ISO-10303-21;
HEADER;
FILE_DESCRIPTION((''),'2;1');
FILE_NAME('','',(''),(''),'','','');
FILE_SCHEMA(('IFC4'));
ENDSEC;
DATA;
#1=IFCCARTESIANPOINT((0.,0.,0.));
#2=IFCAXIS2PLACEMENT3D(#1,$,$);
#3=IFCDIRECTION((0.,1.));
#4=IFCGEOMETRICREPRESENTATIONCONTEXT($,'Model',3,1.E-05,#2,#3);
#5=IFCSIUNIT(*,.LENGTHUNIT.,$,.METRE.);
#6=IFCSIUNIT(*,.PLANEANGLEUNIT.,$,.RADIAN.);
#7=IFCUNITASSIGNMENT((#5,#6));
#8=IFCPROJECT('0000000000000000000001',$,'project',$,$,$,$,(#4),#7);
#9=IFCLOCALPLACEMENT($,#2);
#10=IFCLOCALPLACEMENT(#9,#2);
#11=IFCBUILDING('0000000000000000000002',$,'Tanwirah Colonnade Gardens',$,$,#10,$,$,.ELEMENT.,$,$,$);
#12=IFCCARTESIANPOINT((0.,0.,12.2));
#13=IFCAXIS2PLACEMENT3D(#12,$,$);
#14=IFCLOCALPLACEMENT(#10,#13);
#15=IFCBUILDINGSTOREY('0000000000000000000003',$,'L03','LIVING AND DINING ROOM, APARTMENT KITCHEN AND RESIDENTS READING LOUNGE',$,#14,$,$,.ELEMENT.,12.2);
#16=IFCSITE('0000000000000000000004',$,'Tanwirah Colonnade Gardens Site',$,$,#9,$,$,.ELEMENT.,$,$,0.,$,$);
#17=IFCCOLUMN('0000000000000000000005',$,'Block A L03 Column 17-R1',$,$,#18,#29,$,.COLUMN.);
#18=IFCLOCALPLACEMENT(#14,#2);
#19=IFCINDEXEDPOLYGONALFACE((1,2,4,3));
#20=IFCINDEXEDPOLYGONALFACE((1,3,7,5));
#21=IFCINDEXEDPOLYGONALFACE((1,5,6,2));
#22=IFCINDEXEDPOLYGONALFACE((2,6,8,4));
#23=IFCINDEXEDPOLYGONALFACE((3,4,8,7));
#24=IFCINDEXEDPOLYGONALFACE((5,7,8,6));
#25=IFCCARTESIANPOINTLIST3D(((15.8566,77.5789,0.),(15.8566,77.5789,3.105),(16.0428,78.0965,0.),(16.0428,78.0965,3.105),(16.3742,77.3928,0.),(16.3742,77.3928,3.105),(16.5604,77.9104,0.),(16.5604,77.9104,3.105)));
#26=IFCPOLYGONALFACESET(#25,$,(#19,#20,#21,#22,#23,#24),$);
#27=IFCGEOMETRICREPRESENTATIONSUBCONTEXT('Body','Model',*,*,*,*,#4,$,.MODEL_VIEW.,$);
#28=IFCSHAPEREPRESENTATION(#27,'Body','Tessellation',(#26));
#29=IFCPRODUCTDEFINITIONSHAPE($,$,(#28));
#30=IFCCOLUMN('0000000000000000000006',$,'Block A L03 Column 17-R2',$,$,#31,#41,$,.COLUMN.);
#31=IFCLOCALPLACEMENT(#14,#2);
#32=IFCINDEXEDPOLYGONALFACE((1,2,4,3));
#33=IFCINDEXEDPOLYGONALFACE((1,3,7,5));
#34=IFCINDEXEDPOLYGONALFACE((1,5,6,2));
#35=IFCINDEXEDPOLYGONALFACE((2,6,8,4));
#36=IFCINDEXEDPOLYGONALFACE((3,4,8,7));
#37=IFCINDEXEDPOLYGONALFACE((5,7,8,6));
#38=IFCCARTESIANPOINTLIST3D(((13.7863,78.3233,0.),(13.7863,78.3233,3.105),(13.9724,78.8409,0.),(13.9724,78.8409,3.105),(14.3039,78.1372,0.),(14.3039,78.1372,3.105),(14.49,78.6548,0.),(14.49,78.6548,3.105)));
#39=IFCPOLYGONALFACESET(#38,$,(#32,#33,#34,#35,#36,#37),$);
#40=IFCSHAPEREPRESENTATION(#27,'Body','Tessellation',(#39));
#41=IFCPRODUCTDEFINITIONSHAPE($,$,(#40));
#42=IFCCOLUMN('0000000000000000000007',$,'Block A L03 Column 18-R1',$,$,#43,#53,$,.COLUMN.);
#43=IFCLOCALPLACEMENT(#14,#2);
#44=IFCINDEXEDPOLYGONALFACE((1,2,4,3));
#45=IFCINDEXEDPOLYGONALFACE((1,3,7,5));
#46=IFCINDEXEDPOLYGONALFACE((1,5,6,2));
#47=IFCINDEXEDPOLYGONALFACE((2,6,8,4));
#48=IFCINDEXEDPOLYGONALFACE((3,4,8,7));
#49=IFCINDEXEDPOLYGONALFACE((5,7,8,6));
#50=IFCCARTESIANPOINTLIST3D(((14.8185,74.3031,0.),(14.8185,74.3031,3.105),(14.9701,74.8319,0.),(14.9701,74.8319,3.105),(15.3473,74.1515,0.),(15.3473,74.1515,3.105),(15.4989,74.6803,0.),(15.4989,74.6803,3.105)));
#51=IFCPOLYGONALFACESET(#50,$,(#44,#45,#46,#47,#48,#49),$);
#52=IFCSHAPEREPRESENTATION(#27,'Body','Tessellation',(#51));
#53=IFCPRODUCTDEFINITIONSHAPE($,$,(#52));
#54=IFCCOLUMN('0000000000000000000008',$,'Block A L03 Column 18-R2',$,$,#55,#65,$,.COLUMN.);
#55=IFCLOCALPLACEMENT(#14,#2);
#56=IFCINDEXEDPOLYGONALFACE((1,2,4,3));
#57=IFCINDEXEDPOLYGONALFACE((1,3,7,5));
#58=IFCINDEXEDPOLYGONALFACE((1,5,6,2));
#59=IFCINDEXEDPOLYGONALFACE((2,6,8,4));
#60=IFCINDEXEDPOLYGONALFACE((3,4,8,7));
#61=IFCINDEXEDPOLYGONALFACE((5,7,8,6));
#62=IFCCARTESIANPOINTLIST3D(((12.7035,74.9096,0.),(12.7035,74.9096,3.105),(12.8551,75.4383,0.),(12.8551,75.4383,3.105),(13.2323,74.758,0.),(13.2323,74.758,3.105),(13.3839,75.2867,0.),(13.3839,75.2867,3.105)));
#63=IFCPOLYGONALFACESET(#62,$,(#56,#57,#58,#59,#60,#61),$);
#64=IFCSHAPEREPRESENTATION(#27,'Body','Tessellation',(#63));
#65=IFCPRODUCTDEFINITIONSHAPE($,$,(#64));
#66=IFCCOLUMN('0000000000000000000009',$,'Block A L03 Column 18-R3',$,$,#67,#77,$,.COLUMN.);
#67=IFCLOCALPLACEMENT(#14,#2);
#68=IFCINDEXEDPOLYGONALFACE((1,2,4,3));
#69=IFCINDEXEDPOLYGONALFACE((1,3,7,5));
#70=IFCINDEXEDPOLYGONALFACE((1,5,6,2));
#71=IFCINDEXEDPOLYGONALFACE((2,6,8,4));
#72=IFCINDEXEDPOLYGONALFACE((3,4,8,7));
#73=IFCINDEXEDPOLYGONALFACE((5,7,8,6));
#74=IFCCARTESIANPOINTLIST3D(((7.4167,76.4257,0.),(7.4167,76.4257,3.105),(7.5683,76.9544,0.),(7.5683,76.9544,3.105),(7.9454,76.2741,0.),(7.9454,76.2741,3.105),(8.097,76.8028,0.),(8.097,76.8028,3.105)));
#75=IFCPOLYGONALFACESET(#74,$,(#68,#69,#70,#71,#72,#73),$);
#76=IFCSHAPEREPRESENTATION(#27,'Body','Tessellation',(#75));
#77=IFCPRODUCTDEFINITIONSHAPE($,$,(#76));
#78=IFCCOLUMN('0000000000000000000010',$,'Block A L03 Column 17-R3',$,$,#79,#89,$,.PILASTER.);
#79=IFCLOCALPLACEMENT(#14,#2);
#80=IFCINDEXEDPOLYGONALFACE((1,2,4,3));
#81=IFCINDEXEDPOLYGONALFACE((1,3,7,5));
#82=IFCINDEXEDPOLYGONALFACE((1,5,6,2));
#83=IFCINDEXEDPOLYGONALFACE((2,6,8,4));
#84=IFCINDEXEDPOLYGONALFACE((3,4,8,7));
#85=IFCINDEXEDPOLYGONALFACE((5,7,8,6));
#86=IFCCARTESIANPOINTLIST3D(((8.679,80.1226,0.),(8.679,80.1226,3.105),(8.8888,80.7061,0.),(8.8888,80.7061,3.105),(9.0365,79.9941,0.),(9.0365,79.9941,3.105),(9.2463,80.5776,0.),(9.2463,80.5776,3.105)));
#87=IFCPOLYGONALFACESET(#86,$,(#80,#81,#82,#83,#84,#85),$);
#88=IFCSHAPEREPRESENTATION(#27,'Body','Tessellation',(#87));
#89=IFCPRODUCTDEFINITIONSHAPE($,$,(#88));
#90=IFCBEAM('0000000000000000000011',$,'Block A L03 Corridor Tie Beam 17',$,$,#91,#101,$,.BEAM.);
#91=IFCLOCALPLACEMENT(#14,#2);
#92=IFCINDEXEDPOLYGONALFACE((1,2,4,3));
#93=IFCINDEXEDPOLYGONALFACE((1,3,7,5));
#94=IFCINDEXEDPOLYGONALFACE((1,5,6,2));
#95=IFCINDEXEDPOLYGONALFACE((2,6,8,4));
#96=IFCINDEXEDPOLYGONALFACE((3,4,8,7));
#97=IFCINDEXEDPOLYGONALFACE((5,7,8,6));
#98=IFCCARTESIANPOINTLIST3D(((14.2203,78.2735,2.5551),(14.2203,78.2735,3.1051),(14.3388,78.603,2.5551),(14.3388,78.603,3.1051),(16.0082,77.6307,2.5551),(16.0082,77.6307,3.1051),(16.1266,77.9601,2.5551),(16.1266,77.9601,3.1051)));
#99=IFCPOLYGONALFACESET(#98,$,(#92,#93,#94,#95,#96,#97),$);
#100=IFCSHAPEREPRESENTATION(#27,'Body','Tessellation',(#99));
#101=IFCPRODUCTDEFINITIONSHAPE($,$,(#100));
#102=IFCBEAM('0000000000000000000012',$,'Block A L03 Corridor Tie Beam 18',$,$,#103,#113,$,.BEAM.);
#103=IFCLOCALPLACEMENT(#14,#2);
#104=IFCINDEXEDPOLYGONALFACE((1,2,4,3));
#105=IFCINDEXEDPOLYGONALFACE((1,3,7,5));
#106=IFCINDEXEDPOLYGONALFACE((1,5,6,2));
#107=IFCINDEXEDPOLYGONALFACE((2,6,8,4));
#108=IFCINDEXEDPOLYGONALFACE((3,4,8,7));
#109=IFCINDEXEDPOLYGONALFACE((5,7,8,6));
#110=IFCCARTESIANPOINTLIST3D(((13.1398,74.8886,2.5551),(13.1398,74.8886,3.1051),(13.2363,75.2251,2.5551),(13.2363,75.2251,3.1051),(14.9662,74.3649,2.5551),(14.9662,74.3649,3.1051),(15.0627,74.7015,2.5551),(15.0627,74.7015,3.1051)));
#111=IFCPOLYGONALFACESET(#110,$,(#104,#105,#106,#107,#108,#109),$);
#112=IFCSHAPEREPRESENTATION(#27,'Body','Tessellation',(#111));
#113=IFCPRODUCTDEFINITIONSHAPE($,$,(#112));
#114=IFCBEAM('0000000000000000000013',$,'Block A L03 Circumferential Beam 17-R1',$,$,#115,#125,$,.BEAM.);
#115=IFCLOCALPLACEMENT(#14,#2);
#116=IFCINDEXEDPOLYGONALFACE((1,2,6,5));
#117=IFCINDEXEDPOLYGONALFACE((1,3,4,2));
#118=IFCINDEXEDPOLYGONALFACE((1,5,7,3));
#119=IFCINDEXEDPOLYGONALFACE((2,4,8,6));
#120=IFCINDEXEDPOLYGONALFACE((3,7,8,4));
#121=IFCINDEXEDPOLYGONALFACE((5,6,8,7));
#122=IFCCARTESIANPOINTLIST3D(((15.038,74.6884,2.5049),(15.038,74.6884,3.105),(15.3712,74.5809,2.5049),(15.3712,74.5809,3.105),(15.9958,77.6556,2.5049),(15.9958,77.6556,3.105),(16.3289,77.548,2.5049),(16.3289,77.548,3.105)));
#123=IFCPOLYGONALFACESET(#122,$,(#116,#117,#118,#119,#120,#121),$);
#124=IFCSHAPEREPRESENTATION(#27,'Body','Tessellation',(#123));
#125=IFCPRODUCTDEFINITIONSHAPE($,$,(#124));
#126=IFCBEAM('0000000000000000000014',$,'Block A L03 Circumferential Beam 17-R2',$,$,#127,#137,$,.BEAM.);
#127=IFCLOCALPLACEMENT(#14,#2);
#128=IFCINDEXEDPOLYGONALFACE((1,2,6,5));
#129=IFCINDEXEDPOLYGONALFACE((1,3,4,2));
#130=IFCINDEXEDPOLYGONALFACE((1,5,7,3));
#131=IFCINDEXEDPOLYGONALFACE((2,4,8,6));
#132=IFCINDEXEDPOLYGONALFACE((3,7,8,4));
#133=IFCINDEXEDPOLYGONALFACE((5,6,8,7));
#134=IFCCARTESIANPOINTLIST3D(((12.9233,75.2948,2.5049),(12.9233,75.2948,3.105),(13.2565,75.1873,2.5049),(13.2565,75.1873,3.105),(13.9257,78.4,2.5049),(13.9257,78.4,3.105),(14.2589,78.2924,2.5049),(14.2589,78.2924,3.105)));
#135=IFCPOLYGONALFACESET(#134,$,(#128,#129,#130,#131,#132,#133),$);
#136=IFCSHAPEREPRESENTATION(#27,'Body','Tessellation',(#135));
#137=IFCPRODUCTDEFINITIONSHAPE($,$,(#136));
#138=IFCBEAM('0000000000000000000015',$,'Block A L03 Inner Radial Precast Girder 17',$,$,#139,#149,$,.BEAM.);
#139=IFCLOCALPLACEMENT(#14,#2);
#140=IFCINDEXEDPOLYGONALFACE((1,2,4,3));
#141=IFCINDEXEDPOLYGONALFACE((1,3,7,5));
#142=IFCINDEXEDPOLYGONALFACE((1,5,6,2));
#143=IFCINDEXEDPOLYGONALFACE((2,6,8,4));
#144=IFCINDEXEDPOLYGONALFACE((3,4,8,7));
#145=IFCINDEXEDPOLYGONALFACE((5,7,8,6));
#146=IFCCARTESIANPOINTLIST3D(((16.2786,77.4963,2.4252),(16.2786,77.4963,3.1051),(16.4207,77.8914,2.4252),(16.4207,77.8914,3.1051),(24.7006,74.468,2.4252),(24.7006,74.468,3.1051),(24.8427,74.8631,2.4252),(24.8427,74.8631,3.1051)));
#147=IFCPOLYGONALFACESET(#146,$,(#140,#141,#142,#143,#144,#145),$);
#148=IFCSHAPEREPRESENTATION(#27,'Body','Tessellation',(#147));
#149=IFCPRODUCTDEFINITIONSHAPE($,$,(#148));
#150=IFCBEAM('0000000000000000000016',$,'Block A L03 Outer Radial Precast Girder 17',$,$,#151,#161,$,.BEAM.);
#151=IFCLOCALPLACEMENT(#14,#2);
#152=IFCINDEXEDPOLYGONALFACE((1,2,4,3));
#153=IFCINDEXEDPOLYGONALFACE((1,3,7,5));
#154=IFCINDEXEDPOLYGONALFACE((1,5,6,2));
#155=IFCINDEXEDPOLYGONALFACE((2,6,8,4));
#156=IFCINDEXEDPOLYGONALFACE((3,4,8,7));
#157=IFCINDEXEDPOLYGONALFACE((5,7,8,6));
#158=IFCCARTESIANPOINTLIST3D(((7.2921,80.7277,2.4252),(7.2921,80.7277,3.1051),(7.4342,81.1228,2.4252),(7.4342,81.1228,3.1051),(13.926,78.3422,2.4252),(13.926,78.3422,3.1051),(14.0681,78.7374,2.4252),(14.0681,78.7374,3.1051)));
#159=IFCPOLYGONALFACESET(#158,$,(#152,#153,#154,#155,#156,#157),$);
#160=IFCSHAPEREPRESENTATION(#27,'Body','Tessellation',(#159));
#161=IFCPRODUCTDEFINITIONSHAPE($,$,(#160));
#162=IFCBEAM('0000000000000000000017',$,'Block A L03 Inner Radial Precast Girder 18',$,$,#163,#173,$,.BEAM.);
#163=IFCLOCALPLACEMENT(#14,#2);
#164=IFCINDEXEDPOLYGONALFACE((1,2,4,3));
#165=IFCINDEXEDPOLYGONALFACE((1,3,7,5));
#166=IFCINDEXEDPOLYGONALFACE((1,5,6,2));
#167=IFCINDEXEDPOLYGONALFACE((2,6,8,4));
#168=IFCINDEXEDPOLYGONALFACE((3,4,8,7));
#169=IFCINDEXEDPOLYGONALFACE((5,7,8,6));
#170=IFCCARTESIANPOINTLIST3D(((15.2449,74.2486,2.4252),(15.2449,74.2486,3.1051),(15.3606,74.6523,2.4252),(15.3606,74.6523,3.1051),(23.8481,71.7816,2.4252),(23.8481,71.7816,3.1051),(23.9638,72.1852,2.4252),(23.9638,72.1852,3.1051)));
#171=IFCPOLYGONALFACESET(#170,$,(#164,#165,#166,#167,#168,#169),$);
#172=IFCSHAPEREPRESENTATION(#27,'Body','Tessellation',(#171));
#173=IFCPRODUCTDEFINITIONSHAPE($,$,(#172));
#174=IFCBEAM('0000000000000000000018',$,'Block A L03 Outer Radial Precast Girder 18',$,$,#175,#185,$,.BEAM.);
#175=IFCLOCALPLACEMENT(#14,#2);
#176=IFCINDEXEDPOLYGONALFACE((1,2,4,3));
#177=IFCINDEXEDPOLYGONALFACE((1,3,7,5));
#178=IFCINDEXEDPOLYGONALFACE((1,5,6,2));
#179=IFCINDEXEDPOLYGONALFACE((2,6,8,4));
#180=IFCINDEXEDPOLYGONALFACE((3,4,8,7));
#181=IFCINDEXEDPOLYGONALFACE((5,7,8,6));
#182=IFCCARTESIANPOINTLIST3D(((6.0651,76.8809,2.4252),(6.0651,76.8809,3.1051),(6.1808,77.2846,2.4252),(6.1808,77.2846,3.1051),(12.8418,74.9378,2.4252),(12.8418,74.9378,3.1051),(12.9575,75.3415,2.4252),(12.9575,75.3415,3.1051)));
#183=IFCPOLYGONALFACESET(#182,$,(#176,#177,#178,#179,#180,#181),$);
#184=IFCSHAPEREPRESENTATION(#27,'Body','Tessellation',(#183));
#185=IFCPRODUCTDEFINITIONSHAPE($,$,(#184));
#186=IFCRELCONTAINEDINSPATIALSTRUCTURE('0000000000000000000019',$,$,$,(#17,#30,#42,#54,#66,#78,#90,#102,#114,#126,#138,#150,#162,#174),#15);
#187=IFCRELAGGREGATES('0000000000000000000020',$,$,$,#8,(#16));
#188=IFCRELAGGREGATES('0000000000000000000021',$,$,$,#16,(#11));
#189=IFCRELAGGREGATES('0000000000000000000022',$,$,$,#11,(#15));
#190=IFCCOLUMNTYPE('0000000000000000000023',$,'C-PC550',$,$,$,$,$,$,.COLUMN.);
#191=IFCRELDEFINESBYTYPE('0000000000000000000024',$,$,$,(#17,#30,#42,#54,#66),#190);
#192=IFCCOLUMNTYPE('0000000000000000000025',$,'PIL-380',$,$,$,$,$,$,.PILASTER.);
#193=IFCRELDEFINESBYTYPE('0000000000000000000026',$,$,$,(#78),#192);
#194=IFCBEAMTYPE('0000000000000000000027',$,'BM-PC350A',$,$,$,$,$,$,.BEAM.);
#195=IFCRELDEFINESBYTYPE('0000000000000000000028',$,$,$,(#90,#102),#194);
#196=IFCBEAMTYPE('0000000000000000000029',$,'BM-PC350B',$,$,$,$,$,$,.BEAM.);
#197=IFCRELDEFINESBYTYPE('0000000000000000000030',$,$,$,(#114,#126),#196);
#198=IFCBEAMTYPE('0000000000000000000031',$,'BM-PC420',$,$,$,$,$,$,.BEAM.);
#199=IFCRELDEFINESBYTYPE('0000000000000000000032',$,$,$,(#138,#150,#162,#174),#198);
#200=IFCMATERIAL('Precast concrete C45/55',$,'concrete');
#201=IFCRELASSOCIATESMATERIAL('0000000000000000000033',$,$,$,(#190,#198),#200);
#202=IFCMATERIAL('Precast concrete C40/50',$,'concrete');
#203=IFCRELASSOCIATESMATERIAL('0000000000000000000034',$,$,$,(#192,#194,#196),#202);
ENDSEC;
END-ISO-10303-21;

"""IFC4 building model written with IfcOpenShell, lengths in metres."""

from ifc_helpers import new_model, si_unit, direction, frame, origin, origin_2d, place, context, subcontext, project, spatial, rectangle, extrude, material, material_profile, profile_set, type_object, element, save


model = new_model("IFC4")

# Units and contexts
model_context = context("Model", 3, precision=1e-05, world=origin(), true_north=direction((0.0, 1.0)))
body_context = subcontext(model_context, "Body", "Model", "MODEL_VIEW")
ifc_project = project(units=[si_unit("LENGTHUNIT", "METRE"), si_unit("PLANEANGLEUNIT", "RADIAN")], contexts=[model_context])

# Site, building, storey
site_placement = place(None, origin())
site = spatial("IfcSite", under=ifc_project, at=site_placement, Name="Tanwirah Colonnade Gardens Site", CompositionType="ELEMENT", RefElevation=0.0)
building_placement = place(site_placement, origin())
building = spatial("IfcBuilding", under=site, at=building_placement, Name="Tanwirah Colonnade Gardens", CompositionType="ELEMENT")
storey_placement = place(building_placement, frame((0.0, 0.0, 12.2)))
storey = spatial("IfcBuildingStorey", under=building, at=storey_placement, Name="L03", Description="LIVING AND DINING ROOM, APARTMENT KITCHEN AND RESIDENTS READING LOUNGE", CompositionType="ELEMENT", Elevation=12.2)

# Columns
ifc_material_1 = material(Name="Precast concrete C45/55", Category="concrete")
ifc_material_profile_1 = material_profile(ifc_material_1, rectangle(XDim=0.55, YDim=0.55, at=origin_2d()), Name="PC-COL 550x550")
ifc_profile_set_1 = profile_set([ifc_material_profile_1], Name="Precast concrete C45/55")
column_type_1 = type_object("IfcColumnType", Name="C-PC550", PredefinedType="COLUMN", material=ifc_profile_set_1)
for number, where, z_axis, x_axis, name in (
    (1, (16.2085, 77.7446, 0.0), (0.0, 0.0, 1.0), (-0.941012, 0.338373, 0.0), "Block A L03 Column 17-R1"),
    (2, (14.1382, 78.489, 0.0), (0.0, 0.0, 1.0), (-0.941012, 0.338373, 0.0), "Block A L03 Column 17-R2"),
    (3, (15.1587, 74.4917, 0.0), (0.0, 0.0, 1.0), (-0.961262, 0.275637, 0.0), "Block A L03 Column 18-R1"),
    (4, (13.0437, 75.0981, 0.0), (0.0, 0.0, 1.0), (-0.961262, 0.275637, 0.0), "Block A L03 Column 18-R2"),
    (5, (7.7568, 76.6143, 0.0), (0.0, 0.0, 1.0), (-0.961262, 0.275637, 0.0), "Block A L03 Column 18-R3"),
):
    element("IfcColumn", number, at=place(storey_placement, frame(where, z_axis=z_axis, x_axis=x_axis)), inside=storey, type_object=column_type_1, Name=name, PredefinedType="COLUMN", context=body_context, shape_type="SweptSolid", body=[
        extrude(rectangle(XDim=0.55, YDim=0.55, at=origin_2d()), origin(), (0.0, 0.0, 1.0), 3.105),
    ])
ifc_material_2 = material(Name="Precast concrete C40/50", Category="concrete")
ifc_material_profile_2 = material_profile(ifc_material_2, rectangle(XDim=0.3799, YDim=0.6201, at=origin_2d()), Name="PC-PIL 380x620")
ifc_profile_set_2 = profile_set([ifc_material_profile_2], Name="Precast concrete C40/50")
column_type_2 = type_object("IfcColumnType", Name="PIL-380", PredefinedType="PILASTER", material=ifc_profile_set_2)
column_placement = place(storey_placement, frame((8.9626, 80.3501, 0.0), z_axis=(0.0, 0.0, 1.0), x_axis=(-0.941012, 0.338373, 0.0)))
element("IfcColumn", 6, at=column_placement, inside=storey, type_object=column_type_2, Name="Block A L03 Column 17-R3", PredefinedType="PILASTER", context=body_context, shape_type="SweptSolid", body=[
    extrude(rectangle(XDim=0.3799, YDim=0.6201, at=origin_2d()), origin(), (0.0, 0.0, 1.0), 3.105),
])

# Beams
ifc_material_profile_3 = material_profile(ifc_material_2, rectangle(XDim=0.3501, YDim=0.55, at=origin_2d()), Name="PC-BM 350x550")
ifc_profile_set_3 = profile_set([ifc_material_profile_3], Name="Precast concrete C40/50")
beam_type_1 = type_object("IfcBeamType", Name="BM-PC350A", PredefinedType="BEAM", material=ifc_profile_set_3)
for number, where, z_axis, x_axis, name in (
    (7, (16.0674, 77.7954, 2.8301), (-0.941022, 0.338346, 0.0), (-0.338346, -0.941022, 0.0), "Block A L03 Corridor Tie Beam 17"),
    (8, (15.0144, 74.5332, 2.8301), (-0.961267, 0.27562, 0.0), (-0.27562, -0.961267, 0.0), "Block A L03 Corridor Tie Beam 18"),
):
    element("IfcBeam", number, at=place(storey_placement, frame(where, z_axis=z_axis, x_axis=x_axis)), inside=storey, type_object=beam_type_1, Name=name, PredefinedType="BEAM", context=body_context, shape_type="SweptSolid", body=[
        extrude(rectangle(XDim=0.3501, YDim=0.55, at=origin_2d()), origin(), (0.0, 0.0, 1.0), 1.8999),
    ])
ifc_material_profile_4 = material_profile(ifc_material_2, rectangle(XDim=0.3501, YDim=0.6001, at=origin_2d()), Name="PC-BM 350x600")
ifc_profile_set_4 = profile_set([ifc_material_profile_4], Name="Precast concrete C40/50")
beam_type_2 = type_object("IfcBeamType", Name="BM-PC350B", PredefinedType="BEAM", material=ifc_profile_set_4)
beam_1_placement = place(storey_placement, frame((16.1624, 77.6018, 2.8049), z_axis=(-0.30717, -0.951655, 0.0), x_axis=(0.951655, -0.30717, 0.0)))
element("IfcBeam", 9, at=beam_1_placement, inside=storey, type_object=beam_type_2, Name="Block A L03 Circumferential Beam 17-R1", PredefinedType="BEAM", context=body_context, shape_type="SweptSolid", body=[
    extrude(rectangle(XDim=0.3501, YDim=0.6001, at=origin_2d()), origin(), (0.0, 0.0, 1.0), 3.1179),
])
beam_2_placement = place(storey_placement, frame((14.0923, 78.3462, 2.8049), z_axis=(-0.307213, -0.951641, 0.0), x_axis=(0.951641, -0.307213, 0.0)))
element("IfcBeam", 10, at=beam_2_placement, inside=storey, type_object=beam_type_2, Name="Block A L03 Circumferential Beam 17-R2", PredefinedType="BEAM", context=body_context, shape_type="SweptSolid", body=[
    extrude(rectangle(XDim=0.3501, YDim=0.6001, at=origin_2d()), origin(), (0.0, 0.0, 1.0), 3.2629),
])
ifc_material_profile_5 = material_profile(ifc_material_1, rectangle(XDim=0.4199, YDim=0.6799, at=origin_2d()), Name="PC-BM 420x680")
ifc_profile_set_5 = profile_set([ifc_material_profile_5], Name="Precast concrete C45/55")
beam_type_3 = type_object("IfcBeamType", Name="BM-PC420", PredefinedType="BEAM", material=ifc_profile_set_5)
beam_3_placement = place(storey_placement, frame((16.3496, 77.6938, 2.7651), z_axis=(0.941017, -0.338359, 0.0), x_axis=(0.338359, 0.941017, 0.0)))
element("IfcBeam", 11, at=beam_3_placement, inside=storey, type_object=beam_type_3, Name="Block A L03 Inner Radial Precast Girder 17", PredefinedType="BEAM", context=body_context, shape_type="SweptSolid", body=[
    extrude(rectangle(XDim=0.4199, YDim=0.6799, at=origin_2d()), origin(), (0.0, 0.0, 1.0), 8.95),
])
beam_4_placement = place(storey_placement, frame((13.9971, 78.5398, 2.7651), z_axis=(-0.941012, 0.338374, 0.0), x_axis=(-0.338374, -0.941012, 0.0)))
element("IfcBeam", 12, at=beam_4_placement, inside=storey, type_object=beam_type_3, Name="Block A L03 Outer Radial Precast Girder 17", PredefinedType="BEAM", context=body_context, shape_type="SweptSolid", body=[
    extrude(rectangle(XDim=0.4199, YDim=0.6799, at=origin_2d()), origin(), (0.0, 0.0, 1.0), 7.0498),
])
beam_5_placement = place(storey_placement, frame((15.3027, 74.4504, 2.7651), z_axis=(0.961259, -0.275647, 0.0), x_axis=(0.275647, 0.961259, 0.0)))
element("IfcBeam", 13, at=beam_5_placement, inside=storey, type_object=beam_type_3, Name="Block A L03 Inner Radial Precast Girder 18", PredefinedType="BEAM", context=body_context, shape_type="SweptSolid", body=[
    extrude(rectangle(XDim=0.4199, YDim=0.6799, at=origin_2d()), origin(), (0.0, 0.0, 1.0), 8.95),
])
beam_6_placement = place(storey_placement, frame((12.8997, 75.1396, 2.7651), z_axis=(-0.961266, 0.275622, 0.0), x_axis=(-0.275622, -0.961266, 0.0)))
element("IfcBeam", 14, at=beam_6_placement, inside=storey, type_object=beam_type_3, Name="Block A L03 Outer Radial Precast Girder 18", PredefinedType="BEAM", context=body_context, shape_type="SweptSolid", body=[
    extrude(rectangle(XDim=0.4199, YDim=0.6799, at=origin_2d()), origin(), (0.0, 0.0, 1.0), 7.0498),
])

save(model, "model.ifc")
